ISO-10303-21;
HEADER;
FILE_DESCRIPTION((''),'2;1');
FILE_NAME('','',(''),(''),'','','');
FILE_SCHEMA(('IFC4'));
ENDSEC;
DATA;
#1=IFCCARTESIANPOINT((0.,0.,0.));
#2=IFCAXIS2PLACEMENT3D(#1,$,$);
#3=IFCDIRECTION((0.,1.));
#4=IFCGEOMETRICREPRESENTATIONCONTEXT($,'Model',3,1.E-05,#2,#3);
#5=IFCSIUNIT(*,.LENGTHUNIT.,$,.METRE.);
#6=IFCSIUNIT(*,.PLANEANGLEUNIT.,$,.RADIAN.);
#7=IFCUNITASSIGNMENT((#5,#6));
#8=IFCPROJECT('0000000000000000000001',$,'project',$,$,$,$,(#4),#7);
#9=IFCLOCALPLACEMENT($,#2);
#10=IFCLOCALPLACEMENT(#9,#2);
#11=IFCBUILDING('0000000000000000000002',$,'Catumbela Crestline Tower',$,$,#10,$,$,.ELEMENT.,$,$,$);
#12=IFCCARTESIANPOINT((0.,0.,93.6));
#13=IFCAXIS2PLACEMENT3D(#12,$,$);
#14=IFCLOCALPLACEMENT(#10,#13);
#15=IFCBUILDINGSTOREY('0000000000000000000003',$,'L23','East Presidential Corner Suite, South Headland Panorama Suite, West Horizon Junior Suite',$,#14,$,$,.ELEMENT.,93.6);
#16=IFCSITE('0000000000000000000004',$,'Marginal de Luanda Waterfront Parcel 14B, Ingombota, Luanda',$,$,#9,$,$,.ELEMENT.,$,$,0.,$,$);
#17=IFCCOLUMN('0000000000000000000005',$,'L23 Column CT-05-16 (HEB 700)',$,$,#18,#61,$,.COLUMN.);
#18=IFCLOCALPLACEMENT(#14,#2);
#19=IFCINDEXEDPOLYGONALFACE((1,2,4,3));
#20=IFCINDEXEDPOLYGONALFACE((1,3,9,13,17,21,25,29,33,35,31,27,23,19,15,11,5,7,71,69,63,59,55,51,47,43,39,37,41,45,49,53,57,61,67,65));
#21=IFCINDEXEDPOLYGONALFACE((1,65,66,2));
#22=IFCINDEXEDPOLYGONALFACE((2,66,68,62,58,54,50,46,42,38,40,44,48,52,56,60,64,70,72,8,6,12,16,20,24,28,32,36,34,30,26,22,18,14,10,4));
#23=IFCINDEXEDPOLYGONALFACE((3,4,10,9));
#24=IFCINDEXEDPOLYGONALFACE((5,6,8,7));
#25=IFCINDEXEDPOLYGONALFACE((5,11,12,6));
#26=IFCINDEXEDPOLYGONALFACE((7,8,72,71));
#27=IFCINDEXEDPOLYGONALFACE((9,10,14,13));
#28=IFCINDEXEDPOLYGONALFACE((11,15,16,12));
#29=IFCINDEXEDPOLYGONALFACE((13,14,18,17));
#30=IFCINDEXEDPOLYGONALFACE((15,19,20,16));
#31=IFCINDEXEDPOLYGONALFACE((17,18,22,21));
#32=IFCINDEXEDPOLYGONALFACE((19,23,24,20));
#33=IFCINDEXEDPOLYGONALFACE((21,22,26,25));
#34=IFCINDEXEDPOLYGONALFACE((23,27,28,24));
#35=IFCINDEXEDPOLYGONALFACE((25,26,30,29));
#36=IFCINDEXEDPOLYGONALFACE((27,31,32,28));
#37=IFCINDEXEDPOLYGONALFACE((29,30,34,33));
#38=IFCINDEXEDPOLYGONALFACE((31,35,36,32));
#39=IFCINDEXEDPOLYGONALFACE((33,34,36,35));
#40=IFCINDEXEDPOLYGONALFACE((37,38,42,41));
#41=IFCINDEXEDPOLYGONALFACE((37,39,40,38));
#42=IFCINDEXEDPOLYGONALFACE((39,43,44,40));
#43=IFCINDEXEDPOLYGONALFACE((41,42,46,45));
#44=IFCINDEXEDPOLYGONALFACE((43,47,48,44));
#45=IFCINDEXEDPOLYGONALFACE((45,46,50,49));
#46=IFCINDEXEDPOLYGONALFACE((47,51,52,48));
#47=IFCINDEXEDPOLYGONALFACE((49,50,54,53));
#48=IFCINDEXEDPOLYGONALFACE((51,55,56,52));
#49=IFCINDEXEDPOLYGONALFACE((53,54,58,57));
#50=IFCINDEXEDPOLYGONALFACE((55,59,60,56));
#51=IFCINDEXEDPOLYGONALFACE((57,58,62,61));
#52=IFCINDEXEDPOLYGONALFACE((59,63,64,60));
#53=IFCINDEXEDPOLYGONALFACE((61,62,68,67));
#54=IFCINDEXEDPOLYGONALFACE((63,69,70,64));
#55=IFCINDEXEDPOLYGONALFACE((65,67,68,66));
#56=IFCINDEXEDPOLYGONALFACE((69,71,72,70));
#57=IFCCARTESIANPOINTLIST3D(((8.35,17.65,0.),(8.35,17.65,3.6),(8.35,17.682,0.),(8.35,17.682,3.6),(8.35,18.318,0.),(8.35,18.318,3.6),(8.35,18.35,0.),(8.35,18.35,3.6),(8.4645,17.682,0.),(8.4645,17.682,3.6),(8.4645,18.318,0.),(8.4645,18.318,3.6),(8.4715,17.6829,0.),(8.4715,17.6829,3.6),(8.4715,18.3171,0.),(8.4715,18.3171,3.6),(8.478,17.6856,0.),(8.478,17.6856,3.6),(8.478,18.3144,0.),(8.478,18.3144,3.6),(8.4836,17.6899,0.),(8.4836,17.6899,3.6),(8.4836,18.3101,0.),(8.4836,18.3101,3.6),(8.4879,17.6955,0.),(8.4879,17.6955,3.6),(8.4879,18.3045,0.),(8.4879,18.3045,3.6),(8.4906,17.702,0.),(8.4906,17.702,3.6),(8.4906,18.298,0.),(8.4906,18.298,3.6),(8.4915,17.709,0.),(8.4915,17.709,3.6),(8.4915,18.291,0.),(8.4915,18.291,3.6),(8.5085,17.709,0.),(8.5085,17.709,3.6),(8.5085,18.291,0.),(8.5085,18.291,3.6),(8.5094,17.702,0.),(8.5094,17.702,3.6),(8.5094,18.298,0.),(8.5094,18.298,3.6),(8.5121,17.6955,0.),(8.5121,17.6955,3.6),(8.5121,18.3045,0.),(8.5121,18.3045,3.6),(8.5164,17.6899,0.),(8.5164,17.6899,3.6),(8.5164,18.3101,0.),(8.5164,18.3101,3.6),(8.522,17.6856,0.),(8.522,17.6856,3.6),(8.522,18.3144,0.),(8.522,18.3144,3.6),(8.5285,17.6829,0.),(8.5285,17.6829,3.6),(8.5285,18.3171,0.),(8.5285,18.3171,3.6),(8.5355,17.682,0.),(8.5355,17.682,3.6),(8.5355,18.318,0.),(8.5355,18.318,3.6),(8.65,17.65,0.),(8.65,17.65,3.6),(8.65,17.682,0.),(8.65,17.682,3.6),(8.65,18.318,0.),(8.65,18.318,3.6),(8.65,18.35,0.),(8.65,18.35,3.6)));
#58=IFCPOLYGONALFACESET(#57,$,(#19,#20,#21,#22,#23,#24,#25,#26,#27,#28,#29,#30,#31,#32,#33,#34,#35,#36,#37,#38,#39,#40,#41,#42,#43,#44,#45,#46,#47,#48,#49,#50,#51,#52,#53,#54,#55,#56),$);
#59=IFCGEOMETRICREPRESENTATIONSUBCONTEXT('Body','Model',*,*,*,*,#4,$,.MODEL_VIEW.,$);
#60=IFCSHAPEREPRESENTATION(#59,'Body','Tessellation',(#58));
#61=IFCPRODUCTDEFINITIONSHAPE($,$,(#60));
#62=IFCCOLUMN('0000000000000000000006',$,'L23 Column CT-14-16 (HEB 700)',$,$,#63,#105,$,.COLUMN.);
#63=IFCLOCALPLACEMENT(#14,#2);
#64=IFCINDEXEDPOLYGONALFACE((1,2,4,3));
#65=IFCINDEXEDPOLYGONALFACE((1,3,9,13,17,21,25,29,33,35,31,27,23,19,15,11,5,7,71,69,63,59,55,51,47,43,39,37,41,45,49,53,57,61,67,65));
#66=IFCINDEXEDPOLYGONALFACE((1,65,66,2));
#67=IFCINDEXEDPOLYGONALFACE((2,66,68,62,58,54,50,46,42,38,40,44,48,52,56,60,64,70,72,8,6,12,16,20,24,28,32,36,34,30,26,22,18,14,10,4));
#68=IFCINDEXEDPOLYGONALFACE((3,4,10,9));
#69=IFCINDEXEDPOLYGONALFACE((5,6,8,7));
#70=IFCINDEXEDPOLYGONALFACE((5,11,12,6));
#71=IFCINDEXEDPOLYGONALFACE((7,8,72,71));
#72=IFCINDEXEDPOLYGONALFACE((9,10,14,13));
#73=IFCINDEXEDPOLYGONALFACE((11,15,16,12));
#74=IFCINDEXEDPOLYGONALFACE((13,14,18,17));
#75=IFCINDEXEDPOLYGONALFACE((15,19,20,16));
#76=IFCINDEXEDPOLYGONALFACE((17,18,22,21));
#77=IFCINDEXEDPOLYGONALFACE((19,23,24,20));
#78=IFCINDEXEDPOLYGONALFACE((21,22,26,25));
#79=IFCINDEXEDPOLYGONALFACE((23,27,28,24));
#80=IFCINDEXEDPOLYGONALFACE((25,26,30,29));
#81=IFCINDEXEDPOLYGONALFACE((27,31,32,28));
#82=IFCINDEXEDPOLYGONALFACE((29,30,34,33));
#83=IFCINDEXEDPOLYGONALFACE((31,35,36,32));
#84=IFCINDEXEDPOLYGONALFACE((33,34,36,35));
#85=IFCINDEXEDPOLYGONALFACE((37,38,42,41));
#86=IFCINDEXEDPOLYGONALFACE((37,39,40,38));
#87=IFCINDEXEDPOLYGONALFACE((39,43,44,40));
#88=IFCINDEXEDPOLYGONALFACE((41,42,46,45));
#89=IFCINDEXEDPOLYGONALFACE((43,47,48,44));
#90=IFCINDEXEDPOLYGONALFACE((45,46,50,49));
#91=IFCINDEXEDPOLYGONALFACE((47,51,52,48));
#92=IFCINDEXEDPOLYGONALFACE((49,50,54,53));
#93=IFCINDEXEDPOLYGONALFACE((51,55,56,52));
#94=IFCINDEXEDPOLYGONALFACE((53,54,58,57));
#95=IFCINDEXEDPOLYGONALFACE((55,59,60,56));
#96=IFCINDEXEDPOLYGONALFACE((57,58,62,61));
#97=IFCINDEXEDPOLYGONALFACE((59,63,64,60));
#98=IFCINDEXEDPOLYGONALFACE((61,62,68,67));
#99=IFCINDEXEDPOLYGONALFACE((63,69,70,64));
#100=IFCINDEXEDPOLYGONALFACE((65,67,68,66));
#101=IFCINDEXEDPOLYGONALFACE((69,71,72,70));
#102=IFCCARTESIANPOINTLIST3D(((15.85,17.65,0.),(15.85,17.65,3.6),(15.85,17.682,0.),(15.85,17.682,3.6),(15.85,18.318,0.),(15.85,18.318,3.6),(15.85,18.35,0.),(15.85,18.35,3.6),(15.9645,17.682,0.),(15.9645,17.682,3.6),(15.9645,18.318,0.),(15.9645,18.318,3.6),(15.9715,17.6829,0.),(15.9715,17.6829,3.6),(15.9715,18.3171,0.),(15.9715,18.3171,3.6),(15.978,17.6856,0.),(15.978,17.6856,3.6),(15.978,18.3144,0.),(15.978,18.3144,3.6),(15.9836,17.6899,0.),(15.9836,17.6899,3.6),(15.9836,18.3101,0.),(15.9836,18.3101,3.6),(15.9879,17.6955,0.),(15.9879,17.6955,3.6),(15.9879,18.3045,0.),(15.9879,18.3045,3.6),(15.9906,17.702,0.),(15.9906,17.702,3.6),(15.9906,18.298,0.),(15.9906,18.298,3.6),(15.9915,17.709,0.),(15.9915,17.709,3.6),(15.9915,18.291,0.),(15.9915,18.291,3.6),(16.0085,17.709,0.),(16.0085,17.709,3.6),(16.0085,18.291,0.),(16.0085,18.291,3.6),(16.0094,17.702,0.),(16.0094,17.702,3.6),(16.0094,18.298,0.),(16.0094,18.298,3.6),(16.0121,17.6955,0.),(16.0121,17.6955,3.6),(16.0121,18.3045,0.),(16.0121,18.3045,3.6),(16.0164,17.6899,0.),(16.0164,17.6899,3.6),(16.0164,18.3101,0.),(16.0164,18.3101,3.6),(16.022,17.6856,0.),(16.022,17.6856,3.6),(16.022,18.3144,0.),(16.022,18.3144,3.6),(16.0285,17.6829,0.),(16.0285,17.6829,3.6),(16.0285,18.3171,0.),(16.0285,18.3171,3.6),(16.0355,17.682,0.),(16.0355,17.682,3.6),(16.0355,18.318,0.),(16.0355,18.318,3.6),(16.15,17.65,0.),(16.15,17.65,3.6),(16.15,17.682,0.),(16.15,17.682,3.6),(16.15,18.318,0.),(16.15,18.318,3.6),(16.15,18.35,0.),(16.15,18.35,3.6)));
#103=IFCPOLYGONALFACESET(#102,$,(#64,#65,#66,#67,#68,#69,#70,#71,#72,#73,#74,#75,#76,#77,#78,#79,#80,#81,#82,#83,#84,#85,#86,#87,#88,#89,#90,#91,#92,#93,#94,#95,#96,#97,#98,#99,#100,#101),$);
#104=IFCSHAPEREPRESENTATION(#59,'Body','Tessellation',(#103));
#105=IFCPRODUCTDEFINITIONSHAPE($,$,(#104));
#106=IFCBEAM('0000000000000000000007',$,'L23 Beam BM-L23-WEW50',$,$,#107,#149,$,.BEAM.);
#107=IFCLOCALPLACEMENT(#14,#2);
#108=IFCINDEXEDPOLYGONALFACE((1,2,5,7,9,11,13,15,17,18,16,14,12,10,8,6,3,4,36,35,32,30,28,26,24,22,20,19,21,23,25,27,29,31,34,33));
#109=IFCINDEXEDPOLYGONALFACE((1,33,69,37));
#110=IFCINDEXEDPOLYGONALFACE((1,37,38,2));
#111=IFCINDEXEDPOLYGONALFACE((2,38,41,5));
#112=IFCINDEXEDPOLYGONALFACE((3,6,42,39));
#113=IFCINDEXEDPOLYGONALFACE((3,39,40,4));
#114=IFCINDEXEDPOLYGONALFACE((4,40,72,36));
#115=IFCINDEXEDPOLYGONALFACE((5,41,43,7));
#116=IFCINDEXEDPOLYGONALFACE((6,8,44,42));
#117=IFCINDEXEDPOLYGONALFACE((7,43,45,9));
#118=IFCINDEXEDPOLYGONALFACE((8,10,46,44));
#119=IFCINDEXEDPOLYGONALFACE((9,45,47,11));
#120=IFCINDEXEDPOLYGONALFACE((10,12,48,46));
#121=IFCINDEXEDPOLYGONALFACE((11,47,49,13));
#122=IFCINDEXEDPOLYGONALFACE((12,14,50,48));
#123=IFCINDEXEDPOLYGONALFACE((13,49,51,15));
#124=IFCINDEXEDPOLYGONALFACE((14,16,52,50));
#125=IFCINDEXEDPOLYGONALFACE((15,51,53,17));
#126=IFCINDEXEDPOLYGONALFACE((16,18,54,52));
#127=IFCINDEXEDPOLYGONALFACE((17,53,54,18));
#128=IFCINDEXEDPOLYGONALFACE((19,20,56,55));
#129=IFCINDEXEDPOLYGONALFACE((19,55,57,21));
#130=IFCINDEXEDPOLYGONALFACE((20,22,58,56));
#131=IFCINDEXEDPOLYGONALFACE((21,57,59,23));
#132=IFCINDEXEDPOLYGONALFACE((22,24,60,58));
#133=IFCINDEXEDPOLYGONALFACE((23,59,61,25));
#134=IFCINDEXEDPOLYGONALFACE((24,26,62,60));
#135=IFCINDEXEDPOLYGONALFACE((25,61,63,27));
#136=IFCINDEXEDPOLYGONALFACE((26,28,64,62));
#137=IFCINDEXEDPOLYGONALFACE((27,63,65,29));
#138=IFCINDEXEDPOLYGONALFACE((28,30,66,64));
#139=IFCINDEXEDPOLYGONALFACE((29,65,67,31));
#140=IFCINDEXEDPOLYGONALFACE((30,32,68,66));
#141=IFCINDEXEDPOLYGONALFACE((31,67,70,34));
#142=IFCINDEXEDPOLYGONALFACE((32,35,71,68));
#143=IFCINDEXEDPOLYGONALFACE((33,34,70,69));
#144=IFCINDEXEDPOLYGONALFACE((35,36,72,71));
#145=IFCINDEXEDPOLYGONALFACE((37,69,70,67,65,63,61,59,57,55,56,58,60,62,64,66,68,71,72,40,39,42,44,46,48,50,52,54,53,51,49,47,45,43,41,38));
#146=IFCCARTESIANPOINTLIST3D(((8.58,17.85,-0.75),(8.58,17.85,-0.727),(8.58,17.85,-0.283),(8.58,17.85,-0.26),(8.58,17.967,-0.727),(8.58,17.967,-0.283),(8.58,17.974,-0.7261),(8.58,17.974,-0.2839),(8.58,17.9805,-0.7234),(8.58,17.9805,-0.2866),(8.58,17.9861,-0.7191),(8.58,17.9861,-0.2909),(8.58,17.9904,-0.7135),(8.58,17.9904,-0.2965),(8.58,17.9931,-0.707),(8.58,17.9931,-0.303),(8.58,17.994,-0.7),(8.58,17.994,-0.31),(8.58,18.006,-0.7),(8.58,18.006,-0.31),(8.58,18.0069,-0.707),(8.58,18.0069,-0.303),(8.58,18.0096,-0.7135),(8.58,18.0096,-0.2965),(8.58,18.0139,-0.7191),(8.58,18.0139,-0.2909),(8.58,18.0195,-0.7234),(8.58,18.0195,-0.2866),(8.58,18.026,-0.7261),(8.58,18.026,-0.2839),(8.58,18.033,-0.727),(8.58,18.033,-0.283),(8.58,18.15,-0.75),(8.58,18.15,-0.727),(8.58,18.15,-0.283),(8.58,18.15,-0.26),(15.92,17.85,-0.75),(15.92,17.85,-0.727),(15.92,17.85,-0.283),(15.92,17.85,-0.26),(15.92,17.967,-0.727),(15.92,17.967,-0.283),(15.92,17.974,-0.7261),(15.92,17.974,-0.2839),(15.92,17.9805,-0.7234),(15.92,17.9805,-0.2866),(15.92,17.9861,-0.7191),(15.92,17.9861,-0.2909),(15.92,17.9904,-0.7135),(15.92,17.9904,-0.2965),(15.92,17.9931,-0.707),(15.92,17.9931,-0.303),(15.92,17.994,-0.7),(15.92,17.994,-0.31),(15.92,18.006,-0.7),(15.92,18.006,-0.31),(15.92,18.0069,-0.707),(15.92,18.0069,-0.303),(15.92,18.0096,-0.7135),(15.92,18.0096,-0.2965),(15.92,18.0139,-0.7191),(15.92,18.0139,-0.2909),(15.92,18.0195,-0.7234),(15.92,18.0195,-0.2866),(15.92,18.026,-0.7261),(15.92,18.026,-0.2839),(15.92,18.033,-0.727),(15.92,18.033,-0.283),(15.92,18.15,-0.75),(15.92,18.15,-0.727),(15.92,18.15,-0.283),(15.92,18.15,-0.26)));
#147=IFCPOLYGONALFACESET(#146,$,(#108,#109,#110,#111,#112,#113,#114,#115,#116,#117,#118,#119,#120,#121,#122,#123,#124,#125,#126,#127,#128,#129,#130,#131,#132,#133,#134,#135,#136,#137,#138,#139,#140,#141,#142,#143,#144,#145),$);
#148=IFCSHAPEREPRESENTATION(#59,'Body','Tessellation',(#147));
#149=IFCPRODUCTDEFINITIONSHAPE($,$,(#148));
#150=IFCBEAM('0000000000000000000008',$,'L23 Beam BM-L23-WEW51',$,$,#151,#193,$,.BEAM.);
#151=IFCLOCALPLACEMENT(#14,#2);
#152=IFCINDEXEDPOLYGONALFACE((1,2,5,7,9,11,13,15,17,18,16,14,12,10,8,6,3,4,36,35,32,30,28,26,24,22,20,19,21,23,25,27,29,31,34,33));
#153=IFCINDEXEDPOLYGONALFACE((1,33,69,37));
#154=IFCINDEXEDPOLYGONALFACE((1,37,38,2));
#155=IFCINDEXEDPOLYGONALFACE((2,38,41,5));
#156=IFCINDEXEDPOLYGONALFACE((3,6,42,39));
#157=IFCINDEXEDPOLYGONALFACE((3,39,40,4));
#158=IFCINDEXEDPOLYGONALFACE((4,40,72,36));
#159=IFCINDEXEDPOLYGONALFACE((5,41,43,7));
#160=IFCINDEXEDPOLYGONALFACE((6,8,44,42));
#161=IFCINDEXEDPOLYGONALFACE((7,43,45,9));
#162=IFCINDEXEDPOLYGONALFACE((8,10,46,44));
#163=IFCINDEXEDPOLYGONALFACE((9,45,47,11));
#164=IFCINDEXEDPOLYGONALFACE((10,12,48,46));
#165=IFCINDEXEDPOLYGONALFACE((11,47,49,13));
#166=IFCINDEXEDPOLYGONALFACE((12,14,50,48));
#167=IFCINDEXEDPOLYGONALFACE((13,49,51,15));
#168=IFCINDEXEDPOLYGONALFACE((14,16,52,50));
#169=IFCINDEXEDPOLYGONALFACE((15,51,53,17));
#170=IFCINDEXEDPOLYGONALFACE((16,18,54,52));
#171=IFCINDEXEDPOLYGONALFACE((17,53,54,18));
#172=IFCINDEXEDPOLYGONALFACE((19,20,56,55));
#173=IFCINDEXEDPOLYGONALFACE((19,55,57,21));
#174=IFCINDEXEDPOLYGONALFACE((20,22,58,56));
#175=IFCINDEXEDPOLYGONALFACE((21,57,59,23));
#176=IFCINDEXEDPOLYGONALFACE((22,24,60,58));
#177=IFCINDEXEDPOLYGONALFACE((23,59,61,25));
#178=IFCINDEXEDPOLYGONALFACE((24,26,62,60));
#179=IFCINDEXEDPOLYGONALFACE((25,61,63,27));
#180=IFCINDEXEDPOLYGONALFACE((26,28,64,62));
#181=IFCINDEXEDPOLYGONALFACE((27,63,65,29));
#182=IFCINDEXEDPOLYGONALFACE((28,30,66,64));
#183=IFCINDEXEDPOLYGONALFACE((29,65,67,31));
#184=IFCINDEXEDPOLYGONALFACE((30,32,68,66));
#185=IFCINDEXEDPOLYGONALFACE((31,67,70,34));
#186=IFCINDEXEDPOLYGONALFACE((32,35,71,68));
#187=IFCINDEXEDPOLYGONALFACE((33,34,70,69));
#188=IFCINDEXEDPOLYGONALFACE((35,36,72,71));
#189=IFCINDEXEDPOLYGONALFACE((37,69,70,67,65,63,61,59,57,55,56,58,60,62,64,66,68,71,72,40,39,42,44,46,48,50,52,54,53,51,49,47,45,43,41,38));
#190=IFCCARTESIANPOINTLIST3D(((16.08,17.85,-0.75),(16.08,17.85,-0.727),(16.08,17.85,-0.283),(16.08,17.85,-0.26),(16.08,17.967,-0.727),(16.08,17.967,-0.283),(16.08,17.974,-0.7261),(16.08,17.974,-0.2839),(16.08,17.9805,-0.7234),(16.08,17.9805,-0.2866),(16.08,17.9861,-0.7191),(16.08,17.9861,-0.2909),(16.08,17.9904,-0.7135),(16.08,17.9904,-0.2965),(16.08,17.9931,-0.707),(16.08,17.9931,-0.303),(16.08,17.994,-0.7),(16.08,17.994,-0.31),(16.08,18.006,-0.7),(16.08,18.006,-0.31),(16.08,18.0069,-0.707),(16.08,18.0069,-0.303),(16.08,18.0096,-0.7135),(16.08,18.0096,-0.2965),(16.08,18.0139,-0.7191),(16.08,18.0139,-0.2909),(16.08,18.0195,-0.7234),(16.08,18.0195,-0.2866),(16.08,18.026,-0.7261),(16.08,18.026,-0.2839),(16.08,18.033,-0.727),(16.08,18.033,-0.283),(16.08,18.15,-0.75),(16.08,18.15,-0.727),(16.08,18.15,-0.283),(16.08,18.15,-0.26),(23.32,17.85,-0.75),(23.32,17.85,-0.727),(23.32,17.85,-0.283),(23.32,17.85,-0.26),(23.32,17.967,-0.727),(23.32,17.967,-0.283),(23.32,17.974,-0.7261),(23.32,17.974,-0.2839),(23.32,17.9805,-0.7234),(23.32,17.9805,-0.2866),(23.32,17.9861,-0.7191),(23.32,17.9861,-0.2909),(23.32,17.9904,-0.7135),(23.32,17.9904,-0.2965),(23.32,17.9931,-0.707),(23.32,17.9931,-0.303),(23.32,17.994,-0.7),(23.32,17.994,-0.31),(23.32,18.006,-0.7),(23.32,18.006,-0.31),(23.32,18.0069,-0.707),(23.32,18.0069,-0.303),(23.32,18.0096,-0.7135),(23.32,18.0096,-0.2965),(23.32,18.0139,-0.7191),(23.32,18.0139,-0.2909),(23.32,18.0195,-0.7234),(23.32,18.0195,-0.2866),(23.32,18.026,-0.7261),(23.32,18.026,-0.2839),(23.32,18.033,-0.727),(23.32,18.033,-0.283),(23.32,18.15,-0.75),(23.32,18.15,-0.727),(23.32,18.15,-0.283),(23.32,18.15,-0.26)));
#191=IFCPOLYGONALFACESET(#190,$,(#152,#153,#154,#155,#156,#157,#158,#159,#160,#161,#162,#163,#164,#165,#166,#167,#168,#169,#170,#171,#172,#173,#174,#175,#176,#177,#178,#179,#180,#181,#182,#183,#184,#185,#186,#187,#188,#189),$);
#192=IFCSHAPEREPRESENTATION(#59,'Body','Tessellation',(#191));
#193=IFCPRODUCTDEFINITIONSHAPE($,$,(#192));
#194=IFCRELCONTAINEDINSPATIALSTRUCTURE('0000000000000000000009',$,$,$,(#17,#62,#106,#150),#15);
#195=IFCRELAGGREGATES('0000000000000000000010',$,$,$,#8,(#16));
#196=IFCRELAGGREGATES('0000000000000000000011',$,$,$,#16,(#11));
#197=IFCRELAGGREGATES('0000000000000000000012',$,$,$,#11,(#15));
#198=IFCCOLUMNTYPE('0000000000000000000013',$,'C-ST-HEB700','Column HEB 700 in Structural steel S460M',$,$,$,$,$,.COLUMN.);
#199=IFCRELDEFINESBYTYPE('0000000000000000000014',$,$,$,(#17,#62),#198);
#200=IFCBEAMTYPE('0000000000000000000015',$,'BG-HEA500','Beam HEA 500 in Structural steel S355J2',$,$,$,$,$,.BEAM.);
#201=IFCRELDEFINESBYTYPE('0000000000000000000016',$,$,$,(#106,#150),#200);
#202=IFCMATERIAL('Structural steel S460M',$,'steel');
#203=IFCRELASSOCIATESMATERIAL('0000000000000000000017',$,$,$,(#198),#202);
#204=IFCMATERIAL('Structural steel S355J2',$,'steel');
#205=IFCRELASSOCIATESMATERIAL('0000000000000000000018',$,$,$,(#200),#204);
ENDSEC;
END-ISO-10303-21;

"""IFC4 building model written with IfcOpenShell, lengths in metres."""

from ifc_helpers import new_model, si_unit, direction, frame, origin, origin_2d, place, context, subcontext, project, spatial, i_section, extrude, material, material_profile, profile_set, type_object, element, save


model = new_model("IFC4")

# Units and contexts
model_context = context("Model", 3, precision=1e-05, world=origin(), true_north=direction((0.0, 1.0)))
body_context = subcontext(model_context, "Body", "Model", "MODEL_VIEW")
ifc_project = project(units=[si_unit("LENGTHUNIT", "METRE"), si_unit("PLANEANGLEUNIT", "RADIAN")], contexts=[model_context])

# Site, building, storey
site_placement = place(None, origin())
site = spatial("IfcSite", under=ifc_project, at=site_placement, Name="Marginal de Luanda Waterfront Parcel 14B, Ingombota, Luanda", CompositionType="ELEMENT", RefElevation=0.0)
building_placement = place(site_placement, origin())
building = spatial("IfcBuilding", under=site, at=building_placement, Name="Catumbela Crestline Tower", CompositionType="ELEMENT")
storey_placement = place(building_placement, frame((0.0, 0.0, 93.6)))
storey = spatial("IfcBuildingStorey", under=building, at=storey_placement, Name="L23", Description="East Presidential Corner Suite, South Headland Panorama Suite, West Horizon Junior Suite", CompositionType="ELEMENT", Elevation=93.6)

# Columns
ifc_material_1 = material(Name="Structural steel S460M", Category="steel")
ifc_material_profile_1 = material_profile(ifc_material_1, i_section(OverallWidth=0.3, OverallDepth=0.7, WebThickness=0.017, FlangeThickness=0.032, FilletRadius=0.027, at=origin_2d()), Name="HEB 700")
ifc_profile_set_1 = profile_set([ifc_material_profile_1], Name="Structural steel S460M")
column_type = type_object("IfcColumnType", Name="C-ST-HEB700", Description="Column HEB 700 in Structural steel S460M", PredefinedType="COLUMN", material=ifc_profile_set_1)
for number, where, z_axis, x_axis, name in (
    (1, (8.5, 18.0, 0.0), (0.0, 0.0, 1.0), (1.0, 0.0, 0.0), "L23 Column CT-05-16 (HEB 700)"),
    (2, (16.0, 18.0, 0.0), (0.0, 0.0, 1.0), (1.0, 0.0, 0.0), "L23 Column CT-14-16 (HEB 700)"),
):
    element("IfcColumn", number, at=place(storey_placement, frame(where, z_axis=z_axis, x_axis=x_axis)), inside=storey, type_object=column_type, Name=name, PredefinedType="COLUMN", context=body_context, shape_type="SweptSolid", body=[
        extrude(i_section(OverallWidth=0.3, OverallDepth=0.7, WebThickness=0.017, FlangeThickness=0.032, FilletRadius=0.027, at=origin_2d()), origin(), (0.0, 0.0, 1.0), 3.6),
    ])

# Beams
ifc_material_2 = material(Name="Structural steel S355J2", Category="steel")
ifc_material_profile_2 = material_profile(ifc_material_2, i_section(OverallWidth=0.3, OverallDepth=0.49, WebThickness=0.012, FlangeThickness=0.023, FilletRadius=0.027, at=origin_2d()), Name="HEA 500")
ifc_profile_set_2 = profile_set([ifc_material_profile_2], Name="Structural steel S355J2")
beam_type_1 = type_object("IfcBeamType", Name="BG-HEA500", Description="Beam HEA 500 in Structural steel S355J2", PredefinedType="BEAM", material=ifc_profile_set_2)
beam_1_placement = place(storey_placement, frame((8.58, 18.0, -0.505), z_axis=(1.0, 0.0, 0.0), x_axis=(0.0, 1.0, 0.0)))
element("IfcBeam", 3, at=beam_1_placement, inside=storey, type_object=beam_type_1, Name="L23 Beam BM-L23-WEW50", PredefinedType="BEAM", context=body_context, shape_type="SweptSolid", body=[
    extrude(i_section(OverallWidth=0.3, OverallDepth=0.49, WebThickness=0.012, FlangeThickness=0.023, FilletRadius=0.027, at=origin_2d()), origin(), (0.0, 0.0, 1.0), 7.34),
])
beam_2_placement = place(storey_placement, frame((16.08, 18.0, -0.505), z_axis=(1.0, 0.0, 0.0), x_axis=(0.0, 1.0, 0.0)))
element("IfcBeam", 4, at=beam_2_placement, inside=storey, type_object=beam_type_1, Name="L23 Beam BM-L23-WEW51", PredefinedType="BEAM", context=body_context, shape_type="SweptSolid", body=[
    extrude(i_section(OverallWidth=0.3, OverallDepth=0.49, WebThickness=0.012, FlangeThickness=0.023, FilletRadius=0.027, at=origin_2d()), origin(), (0.0, 0.0, 1.0), 7.24),
])

save(model, "model.ifc")
